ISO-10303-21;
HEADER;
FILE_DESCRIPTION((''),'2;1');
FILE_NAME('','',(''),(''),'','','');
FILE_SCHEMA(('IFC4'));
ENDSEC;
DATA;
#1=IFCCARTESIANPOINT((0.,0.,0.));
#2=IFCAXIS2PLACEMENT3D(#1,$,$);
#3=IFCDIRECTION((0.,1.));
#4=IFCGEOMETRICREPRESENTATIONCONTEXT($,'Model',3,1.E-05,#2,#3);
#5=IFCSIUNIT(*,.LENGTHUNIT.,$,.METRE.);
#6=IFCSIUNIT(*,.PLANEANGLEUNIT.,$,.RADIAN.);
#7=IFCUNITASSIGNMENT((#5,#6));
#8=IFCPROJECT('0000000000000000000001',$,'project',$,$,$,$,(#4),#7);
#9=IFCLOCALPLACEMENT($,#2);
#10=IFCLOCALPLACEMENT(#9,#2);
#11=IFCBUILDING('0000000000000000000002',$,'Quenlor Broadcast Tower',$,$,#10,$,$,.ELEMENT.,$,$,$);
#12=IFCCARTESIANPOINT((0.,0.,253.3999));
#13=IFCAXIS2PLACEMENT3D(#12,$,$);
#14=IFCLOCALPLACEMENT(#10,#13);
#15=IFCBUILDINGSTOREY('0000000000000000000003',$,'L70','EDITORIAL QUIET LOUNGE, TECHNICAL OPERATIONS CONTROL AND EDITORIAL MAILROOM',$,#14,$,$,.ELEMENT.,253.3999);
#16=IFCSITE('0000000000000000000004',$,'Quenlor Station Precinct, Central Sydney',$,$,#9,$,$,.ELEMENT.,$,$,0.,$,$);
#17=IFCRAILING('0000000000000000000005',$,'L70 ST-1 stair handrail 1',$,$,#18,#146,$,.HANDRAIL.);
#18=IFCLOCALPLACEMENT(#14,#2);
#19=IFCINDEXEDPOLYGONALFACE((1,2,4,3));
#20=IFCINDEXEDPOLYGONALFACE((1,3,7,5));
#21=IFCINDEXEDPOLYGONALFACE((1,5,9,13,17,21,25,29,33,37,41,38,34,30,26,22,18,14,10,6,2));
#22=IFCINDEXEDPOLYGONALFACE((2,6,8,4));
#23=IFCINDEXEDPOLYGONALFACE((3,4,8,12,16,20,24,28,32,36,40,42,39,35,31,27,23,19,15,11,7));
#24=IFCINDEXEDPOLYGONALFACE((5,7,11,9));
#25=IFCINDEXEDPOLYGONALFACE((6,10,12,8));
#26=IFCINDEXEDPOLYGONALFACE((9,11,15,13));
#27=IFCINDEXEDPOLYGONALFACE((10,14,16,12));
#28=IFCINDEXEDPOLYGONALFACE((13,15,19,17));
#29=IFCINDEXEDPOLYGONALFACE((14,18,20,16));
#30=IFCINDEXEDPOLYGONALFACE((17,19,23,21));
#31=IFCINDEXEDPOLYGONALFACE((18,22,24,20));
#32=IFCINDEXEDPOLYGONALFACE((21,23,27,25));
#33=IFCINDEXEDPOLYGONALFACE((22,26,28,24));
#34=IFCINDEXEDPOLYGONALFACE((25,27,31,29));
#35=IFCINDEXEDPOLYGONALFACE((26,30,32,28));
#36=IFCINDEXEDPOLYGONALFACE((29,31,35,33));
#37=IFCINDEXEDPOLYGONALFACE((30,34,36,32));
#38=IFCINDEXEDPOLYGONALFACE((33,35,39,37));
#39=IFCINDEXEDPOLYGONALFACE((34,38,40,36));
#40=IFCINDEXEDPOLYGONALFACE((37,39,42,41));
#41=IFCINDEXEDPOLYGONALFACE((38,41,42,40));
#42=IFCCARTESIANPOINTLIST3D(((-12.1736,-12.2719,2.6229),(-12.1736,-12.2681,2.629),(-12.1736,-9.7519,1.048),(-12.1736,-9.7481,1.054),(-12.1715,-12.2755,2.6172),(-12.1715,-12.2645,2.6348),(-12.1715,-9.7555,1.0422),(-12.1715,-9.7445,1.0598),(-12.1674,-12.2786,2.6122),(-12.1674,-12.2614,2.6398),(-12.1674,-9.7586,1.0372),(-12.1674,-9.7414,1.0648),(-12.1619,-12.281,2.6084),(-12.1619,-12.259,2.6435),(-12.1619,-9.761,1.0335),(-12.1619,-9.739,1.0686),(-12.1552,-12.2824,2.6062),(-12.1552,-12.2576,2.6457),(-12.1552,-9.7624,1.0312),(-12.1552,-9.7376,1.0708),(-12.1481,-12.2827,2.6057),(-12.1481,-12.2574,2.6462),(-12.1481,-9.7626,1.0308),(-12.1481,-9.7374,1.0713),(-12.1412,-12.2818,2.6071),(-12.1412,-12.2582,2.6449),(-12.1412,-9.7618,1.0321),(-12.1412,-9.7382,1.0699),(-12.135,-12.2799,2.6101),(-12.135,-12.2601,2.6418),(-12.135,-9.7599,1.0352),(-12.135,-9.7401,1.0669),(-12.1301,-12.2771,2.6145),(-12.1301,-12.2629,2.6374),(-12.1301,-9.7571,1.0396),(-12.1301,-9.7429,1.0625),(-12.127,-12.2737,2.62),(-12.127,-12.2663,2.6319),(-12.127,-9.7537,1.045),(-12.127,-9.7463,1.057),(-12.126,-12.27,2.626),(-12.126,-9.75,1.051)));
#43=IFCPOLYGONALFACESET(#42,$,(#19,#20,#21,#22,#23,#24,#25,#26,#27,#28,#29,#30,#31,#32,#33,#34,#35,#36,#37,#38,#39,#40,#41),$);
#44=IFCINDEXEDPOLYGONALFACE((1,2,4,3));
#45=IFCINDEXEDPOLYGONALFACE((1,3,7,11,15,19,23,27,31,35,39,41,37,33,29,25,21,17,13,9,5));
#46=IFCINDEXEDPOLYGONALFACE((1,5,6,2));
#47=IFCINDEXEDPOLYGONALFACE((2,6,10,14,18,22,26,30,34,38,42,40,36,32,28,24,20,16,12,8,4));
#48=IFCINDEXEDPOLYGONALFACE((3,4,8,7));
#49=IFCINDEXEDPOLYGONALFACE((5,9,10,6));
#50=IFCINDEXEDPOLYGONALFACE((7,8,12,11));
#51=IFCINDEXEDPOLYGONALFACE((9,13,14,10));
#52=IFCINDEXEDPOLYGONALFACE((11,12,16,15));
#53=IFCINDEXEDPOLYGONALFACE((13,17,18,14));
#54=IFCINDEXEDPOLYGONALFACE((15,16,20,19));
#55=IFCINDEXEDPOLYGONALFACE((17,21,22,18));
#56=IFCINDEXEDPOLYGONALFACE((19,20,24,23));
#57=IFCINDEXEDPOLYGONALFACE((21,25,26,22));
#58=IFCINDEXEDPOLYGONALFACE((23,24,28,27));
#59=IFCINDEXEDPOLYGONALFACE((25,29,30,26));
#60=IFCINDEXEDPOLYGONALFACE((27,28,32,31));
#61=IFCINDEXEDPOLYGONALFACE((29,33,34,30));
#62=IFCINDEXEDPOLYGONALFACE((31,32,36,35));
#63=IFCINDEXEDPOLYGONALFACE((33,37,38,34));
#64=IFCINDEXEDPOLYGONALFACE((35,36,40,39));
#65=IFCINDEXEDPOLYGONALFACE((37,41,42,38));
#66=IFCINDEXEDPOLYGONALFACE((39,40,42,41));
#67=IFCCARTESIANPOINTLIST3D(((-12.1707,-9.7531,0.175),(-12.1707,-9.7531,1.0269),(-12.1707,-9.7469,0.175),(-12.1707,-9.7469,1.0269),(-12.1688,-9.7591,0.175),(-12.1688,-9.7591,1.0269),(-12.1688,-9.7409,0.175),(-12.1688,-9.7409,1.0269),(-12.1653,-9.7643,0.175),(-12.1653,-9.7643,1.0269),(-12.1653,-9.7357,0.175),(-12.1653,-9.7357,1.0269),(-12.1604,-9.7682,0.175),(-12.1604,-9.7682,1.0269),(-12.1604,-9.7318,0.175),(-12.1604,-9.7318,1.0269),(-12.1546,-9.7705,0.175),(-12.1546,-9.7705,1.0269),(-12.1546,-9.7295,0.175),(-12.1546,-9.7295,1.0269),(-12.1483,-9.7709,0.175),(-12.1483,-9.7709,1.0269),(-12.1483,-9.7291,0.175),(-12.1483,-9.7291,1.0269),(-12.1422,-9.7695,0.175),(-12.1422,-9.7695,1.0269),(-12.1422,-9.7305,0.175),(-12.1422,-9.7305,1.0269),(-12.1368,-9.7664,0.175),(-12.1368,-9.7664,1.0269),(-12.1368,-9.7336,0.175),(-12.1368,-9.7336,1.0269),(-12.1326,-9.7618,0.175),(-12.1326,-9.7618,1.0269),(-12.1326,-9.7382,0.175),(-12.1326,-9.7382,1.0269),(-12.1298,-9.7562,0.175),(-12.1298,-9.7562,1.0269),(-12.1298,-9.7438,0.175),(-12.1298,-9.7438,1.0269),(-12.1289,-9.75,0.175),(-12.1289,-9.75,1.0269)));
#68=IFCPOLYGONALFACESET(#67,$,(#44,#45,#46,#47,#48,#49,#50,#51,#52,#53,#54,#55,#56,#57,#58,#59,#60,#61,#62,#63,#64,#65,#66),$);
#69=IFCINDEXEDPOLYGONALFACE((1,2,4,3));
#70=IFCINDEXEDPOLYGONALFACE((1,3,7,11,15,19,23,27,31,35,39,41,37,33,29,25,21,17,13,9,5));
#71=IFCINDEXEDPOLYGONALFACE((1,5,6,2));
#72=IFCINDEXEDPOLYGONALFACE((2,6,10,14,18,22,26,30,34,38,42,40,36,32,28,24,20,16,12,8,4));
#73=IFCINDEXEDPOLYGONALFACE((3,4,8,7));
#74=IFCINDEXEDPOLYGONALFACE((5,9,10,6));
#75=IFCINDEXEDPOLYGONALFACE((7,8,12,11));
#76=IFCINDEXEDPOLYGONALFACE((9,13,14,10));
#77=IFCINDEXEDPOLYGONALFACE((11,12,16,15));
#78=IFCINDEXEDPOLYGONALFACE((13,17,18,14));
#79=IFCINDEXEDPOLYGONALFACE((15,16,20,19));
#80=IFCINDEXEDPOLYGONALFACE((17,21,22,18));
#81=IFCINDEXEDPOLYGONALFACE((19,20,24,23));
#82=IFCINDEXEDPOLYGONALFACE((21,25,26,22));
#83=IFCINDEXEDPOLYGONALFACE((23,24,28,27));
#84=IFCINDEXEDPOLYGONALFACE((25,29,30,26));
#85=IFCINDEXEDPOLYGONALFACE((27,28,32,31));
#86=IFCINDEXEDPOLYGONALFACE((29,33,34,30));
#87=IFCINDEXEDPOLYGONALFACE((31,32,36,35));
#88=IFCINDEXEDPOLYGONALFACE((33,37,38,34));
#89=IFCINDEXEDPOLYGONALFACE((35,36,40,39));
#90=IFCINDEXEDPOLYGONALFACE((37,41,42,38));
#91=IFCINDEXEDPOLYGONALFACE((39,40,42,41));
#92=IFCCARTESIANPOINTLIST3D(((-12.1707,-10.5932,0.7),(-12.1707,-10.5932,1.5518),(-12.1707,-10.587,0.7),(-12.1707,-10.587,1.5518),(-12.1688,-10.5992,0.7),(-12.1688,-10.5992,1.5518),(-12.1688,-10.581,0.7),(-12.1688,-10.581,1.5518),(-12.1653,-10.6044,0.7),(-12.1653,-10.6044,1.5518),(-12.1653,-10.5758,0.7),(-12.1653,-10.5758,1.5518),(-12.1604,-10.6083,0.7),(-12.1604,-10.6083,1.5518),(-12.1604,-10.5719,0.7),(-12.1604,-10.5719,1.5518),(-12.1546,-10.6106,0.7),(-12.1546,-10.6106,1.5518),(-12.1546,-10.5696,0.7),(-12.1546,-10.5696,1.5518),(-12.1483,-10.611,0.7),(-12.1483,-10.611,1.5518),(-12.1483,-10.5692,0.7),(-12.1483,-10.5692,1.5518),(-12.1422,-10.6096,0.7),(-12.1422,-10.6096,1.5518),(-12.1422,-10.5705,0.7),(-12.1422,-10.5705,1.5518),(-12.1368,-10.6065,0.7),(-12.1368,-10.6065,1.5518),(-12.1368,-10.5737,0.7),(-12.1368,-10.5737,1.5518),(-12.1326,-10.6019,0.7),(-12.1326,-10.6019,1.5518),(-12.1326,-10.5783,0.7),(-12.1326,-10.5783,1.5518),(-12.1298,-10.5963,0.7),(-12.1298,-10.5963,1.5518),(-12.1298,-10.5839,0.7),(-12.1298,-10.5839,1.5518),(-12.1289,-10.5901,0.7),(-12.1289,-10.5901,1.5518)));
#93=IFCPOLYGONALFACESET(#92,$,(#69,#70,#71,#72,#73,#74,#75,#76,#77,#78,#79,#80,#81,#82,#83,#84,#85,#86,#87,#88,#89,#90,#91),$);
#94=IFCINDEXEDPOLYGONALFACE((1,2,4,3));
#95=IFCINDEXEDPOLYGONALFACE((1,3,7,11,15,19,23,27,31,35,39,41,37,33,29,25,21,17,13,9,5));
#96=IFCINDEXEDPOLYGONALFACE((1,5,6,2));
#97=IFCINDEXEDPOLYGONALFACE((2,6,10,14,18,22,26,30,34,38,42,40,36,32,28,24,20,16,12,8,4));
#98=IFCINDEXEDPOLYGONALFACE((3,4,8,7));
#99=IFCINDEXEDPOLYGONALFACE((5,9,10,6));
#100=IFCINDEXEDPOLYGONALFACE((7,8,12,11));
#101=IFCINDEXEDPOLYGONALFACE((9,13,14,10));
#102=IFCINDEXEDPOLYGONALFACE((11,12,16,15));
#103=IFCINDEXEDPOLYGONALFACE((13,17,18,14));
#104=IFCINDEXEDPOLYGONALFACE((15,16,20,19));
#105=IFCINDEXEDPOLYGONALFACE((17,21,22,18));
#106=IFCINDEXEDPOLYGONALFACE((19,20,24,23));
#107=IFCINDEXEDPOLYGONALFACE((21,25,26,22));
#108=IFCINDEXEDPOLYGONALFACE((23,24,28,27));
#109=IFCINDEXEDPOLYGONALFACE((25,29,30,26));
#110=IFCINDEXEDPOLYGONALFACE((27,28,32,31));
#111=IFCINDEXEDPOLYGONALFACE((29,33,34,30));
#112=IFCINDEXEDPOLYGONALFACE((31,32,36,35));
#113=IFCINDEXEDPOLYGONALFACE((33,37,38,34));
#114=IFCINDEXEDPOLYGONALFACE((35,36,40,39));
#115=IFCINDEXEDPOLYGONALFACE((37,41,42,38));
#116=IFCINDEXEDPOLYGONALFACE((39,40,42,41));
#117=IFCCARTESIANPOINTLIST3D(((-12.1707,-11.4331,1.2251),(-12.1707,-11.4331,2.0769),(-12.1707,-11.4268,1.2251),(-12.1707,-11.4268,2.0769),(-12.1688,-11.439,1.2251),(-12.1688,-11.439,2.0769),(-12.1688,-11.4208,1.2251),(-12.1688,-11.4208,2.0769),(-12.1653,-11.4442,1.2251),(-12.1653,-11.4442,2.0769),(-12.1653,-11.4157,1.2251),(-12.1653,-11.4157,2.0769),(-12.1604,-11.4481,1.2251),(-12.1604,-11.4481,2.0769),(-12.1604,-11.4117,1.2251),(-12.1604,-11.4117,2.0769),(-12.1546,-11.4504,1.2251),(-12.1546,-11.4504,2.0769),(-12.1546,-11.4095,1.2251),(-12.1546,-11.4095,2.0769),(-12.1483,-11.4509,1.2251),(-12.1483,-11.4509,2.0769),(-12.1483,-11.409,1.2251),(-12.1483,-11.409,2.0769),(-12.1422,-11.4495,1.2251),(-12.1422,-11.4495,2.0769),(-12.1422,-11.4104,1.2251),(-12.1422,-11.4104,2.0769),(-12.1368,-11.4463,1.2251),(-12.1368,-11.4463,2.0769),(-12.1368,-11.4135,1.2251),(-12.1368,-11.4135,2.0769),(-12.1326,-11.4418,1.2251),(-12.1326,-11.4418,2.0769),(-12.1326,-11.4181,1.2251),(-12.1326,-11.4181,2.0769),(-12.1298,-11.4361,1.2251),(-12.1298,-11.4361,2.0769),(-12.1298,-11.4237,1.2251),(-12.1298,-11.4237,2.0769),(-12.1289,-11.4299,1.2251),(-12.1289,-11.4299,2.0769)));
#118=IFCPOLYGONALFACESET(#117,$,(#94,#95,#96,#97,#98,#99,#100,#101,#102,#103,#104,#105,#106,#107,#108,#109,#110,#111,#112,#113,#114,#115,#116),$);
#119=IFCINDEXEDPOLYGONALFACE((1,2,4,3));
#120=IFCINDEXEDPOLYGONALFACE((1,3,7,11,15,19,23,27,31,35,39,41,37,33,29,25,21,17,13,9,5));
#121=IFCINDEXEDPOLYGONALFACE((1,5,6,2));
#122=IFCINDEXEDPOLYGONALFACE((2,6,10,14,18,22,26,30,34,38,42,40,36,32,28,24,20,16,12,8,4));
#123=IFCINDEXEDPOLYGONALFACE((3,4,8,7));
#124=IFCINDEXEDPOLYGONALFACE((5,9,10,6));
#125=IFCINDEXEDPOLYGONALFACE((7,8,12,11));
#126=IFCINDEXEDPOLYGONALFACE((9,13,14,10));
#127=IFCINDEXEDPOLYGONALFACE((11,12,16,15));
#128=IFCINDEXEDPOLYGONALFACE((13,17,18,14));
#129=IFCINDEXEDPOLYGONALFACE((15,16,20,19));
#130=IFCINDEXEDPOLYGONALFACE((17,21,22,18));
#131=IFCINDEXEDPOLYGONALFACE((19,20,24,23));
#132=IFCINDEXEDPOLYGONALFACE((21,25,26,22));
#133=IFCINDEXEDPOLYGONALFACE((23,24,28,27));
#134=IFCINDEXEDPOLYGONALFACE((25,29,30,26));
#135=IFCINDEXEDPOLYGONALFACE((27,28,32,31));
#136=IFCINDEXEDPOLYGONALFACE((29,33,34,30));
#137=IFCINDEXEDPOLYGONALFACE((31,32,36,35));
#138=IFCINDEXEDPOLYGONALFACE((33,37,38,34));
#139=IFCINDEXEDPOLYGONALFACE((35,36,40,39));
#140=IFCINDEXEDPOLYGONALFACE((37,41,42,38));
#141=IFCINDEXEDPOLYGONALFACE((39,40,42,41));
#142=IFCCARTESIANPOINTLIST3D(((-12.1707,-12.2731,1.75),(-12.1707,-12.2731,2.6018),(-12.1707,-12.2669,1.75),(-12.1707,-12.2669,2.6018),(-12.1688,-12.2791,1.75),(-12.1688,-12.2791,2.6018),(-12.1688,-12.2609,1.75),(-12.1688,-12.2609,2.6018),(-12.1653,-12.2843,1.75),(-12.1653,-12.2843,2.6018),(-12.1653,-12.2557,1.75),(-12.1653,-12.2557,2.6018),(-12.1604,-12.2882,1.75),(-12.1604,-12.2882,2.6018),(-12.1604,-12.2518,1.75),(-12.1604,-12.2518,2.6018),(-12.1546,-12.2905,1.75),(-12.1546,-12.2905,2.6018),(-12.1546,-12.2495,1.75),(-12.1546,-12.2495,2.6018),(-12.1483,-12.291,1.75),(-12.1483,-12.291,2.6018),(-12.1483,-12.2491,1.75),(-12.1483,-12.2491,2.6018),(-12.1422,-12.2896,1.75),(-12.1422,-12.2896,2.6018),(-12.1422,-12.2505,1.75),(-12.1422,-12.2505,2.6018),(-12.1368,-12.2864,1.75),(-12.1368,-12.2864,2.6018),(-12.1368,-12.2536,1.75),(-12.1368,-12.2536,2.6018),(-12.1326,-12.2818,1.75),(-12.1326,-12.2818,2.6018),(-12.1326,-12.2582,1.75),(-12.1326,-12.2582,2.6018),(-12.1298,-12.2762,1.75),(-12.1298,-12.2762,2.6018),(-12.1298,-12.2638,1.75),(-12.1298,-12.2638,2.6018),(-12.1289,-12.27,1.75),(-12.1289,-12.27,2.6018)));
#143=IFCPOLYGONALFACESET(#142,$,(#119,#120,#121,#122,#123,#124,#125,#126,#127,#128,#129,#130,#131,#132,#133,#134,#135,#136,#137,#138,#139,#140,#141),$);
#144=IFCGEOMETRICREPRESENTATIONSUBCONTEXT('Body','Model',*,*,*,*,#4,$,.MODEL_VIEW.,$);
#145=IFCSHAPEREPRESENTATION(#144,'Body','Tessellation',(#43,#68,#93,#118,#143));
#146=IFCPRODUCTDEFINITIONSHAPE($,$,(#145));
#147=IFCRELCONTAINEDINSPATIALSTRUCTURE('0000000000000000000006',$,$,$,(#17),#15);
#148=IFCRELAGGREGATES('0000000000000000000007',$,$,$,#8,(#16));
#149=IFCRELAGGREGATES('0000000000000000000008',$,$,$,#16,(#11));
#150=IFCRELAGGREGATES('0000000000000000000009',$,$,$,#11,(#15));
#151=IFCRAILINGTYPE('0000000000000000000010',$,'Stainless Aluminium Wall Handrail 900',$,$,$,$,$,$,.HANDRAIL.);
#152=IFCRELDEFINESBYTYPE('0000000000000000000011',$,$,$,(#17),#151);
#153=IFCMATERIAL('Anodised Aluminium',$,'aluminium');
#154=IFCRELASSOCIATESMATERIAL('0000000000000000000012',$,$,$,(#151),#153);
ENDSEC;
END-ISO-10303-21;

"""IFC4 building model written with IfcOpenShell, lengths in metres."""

from ifc_helpers import new_model, si_unit, direction, frame, origin, origin_2d, place, context, subcontext, project, spatial, circle, extrude, material, type_object, element, save


model = new_model("IFC4")

# Units and contexts
model_context = context("Model", 3, precision=1e-05, world=origin(), true_north=direction((0.0, 1.0)))
body_context = subcontext(model_context, "Body", "Model", "MODEL_VIEW")
ifc_project = project(units=[si_unit("LENGTHUNIT", "METRE"), si_unit("PLANEANGLEUNIT", "RADIAN")], contexts=[model_context])

# Site, building, storey
site_placement = place(None, origin())
site = spatial("IfcSite", under=ifc_project, at=site_placement, Name="Quenlor Station Precinct, Central Sydney", CompositionType="ELEMENT", RefElevation=0.0)
building_placement = place(site_placement, origin())
building = spatial("IfcBuilding", under=site, at=building_placement, Name="Quenlor Broadcast Tower", CompositionType="ELEMENT")
storey_placement = place(building_placement, frame((0.0, 0.0, 253.3999)))
storey = spatial("IfcBuildingStorey", under=building, at=storey_placement, Name="L70", Description="EDITORIAL QUIET LOUNGE, TECHNICAL OPERATIONS CONTROL AND EDITORIAL MAILROOM", CompositionType="ELEMENT", Elevation=253.3999)

# Railing
ifc_material_1 = material(Name="Anodised Aluminium", Category="aluminium")
railing_type = type_object("IfcRailingType", Name="Stainless Aluminium Wall Handrail 900", PredefinedType="HANDRAIL", material=ifc_material_1)
railing_placement = place(storey_placement, frame((-12.1499, -9.75, 0.175)))
element("IfcRailing", 1, at=railing_placement, inside=storey, type_object=railing_type, Name="L70 ST-1 stair handrail 1", PredefinedType="HANDRAIL", context=body_context, shape_type="SweptSolid", body=[
    extrude(circle(Radius=0.0239, at=origin_2d()), frame((0.0, 0.0, 0.876), z_axis=(0.0, -0.848008, 0.529984), x_axis=(1.0, 0.0, 0.0)), (0.0, 0.0, 1.0), 2.9717),
    extrude(circle(Radius=0.021, at=origin_2d()), origin(), (0.0, 0.0, 1.0), 0.8518),
    extrude(circle(Radius=0.021, at=origin_2d()), frame((0.0, -0.8401, 0.5249)), (0.0, 0.0, 1.0), 0.8518),
    extrude(circle(Radius=0.021, at=origin_2d()), frame((0.0, -1.6799, 1.05)), (0.0, 0.0, 1.0), 0.8518),
    extrude(circle(Radius=0.021, at=origin_2d()), frame((0.0, -2.52, 1.575)), (0.0, 0.0, 1.0), 0.8518),
])

save(model, "model.ifc")
